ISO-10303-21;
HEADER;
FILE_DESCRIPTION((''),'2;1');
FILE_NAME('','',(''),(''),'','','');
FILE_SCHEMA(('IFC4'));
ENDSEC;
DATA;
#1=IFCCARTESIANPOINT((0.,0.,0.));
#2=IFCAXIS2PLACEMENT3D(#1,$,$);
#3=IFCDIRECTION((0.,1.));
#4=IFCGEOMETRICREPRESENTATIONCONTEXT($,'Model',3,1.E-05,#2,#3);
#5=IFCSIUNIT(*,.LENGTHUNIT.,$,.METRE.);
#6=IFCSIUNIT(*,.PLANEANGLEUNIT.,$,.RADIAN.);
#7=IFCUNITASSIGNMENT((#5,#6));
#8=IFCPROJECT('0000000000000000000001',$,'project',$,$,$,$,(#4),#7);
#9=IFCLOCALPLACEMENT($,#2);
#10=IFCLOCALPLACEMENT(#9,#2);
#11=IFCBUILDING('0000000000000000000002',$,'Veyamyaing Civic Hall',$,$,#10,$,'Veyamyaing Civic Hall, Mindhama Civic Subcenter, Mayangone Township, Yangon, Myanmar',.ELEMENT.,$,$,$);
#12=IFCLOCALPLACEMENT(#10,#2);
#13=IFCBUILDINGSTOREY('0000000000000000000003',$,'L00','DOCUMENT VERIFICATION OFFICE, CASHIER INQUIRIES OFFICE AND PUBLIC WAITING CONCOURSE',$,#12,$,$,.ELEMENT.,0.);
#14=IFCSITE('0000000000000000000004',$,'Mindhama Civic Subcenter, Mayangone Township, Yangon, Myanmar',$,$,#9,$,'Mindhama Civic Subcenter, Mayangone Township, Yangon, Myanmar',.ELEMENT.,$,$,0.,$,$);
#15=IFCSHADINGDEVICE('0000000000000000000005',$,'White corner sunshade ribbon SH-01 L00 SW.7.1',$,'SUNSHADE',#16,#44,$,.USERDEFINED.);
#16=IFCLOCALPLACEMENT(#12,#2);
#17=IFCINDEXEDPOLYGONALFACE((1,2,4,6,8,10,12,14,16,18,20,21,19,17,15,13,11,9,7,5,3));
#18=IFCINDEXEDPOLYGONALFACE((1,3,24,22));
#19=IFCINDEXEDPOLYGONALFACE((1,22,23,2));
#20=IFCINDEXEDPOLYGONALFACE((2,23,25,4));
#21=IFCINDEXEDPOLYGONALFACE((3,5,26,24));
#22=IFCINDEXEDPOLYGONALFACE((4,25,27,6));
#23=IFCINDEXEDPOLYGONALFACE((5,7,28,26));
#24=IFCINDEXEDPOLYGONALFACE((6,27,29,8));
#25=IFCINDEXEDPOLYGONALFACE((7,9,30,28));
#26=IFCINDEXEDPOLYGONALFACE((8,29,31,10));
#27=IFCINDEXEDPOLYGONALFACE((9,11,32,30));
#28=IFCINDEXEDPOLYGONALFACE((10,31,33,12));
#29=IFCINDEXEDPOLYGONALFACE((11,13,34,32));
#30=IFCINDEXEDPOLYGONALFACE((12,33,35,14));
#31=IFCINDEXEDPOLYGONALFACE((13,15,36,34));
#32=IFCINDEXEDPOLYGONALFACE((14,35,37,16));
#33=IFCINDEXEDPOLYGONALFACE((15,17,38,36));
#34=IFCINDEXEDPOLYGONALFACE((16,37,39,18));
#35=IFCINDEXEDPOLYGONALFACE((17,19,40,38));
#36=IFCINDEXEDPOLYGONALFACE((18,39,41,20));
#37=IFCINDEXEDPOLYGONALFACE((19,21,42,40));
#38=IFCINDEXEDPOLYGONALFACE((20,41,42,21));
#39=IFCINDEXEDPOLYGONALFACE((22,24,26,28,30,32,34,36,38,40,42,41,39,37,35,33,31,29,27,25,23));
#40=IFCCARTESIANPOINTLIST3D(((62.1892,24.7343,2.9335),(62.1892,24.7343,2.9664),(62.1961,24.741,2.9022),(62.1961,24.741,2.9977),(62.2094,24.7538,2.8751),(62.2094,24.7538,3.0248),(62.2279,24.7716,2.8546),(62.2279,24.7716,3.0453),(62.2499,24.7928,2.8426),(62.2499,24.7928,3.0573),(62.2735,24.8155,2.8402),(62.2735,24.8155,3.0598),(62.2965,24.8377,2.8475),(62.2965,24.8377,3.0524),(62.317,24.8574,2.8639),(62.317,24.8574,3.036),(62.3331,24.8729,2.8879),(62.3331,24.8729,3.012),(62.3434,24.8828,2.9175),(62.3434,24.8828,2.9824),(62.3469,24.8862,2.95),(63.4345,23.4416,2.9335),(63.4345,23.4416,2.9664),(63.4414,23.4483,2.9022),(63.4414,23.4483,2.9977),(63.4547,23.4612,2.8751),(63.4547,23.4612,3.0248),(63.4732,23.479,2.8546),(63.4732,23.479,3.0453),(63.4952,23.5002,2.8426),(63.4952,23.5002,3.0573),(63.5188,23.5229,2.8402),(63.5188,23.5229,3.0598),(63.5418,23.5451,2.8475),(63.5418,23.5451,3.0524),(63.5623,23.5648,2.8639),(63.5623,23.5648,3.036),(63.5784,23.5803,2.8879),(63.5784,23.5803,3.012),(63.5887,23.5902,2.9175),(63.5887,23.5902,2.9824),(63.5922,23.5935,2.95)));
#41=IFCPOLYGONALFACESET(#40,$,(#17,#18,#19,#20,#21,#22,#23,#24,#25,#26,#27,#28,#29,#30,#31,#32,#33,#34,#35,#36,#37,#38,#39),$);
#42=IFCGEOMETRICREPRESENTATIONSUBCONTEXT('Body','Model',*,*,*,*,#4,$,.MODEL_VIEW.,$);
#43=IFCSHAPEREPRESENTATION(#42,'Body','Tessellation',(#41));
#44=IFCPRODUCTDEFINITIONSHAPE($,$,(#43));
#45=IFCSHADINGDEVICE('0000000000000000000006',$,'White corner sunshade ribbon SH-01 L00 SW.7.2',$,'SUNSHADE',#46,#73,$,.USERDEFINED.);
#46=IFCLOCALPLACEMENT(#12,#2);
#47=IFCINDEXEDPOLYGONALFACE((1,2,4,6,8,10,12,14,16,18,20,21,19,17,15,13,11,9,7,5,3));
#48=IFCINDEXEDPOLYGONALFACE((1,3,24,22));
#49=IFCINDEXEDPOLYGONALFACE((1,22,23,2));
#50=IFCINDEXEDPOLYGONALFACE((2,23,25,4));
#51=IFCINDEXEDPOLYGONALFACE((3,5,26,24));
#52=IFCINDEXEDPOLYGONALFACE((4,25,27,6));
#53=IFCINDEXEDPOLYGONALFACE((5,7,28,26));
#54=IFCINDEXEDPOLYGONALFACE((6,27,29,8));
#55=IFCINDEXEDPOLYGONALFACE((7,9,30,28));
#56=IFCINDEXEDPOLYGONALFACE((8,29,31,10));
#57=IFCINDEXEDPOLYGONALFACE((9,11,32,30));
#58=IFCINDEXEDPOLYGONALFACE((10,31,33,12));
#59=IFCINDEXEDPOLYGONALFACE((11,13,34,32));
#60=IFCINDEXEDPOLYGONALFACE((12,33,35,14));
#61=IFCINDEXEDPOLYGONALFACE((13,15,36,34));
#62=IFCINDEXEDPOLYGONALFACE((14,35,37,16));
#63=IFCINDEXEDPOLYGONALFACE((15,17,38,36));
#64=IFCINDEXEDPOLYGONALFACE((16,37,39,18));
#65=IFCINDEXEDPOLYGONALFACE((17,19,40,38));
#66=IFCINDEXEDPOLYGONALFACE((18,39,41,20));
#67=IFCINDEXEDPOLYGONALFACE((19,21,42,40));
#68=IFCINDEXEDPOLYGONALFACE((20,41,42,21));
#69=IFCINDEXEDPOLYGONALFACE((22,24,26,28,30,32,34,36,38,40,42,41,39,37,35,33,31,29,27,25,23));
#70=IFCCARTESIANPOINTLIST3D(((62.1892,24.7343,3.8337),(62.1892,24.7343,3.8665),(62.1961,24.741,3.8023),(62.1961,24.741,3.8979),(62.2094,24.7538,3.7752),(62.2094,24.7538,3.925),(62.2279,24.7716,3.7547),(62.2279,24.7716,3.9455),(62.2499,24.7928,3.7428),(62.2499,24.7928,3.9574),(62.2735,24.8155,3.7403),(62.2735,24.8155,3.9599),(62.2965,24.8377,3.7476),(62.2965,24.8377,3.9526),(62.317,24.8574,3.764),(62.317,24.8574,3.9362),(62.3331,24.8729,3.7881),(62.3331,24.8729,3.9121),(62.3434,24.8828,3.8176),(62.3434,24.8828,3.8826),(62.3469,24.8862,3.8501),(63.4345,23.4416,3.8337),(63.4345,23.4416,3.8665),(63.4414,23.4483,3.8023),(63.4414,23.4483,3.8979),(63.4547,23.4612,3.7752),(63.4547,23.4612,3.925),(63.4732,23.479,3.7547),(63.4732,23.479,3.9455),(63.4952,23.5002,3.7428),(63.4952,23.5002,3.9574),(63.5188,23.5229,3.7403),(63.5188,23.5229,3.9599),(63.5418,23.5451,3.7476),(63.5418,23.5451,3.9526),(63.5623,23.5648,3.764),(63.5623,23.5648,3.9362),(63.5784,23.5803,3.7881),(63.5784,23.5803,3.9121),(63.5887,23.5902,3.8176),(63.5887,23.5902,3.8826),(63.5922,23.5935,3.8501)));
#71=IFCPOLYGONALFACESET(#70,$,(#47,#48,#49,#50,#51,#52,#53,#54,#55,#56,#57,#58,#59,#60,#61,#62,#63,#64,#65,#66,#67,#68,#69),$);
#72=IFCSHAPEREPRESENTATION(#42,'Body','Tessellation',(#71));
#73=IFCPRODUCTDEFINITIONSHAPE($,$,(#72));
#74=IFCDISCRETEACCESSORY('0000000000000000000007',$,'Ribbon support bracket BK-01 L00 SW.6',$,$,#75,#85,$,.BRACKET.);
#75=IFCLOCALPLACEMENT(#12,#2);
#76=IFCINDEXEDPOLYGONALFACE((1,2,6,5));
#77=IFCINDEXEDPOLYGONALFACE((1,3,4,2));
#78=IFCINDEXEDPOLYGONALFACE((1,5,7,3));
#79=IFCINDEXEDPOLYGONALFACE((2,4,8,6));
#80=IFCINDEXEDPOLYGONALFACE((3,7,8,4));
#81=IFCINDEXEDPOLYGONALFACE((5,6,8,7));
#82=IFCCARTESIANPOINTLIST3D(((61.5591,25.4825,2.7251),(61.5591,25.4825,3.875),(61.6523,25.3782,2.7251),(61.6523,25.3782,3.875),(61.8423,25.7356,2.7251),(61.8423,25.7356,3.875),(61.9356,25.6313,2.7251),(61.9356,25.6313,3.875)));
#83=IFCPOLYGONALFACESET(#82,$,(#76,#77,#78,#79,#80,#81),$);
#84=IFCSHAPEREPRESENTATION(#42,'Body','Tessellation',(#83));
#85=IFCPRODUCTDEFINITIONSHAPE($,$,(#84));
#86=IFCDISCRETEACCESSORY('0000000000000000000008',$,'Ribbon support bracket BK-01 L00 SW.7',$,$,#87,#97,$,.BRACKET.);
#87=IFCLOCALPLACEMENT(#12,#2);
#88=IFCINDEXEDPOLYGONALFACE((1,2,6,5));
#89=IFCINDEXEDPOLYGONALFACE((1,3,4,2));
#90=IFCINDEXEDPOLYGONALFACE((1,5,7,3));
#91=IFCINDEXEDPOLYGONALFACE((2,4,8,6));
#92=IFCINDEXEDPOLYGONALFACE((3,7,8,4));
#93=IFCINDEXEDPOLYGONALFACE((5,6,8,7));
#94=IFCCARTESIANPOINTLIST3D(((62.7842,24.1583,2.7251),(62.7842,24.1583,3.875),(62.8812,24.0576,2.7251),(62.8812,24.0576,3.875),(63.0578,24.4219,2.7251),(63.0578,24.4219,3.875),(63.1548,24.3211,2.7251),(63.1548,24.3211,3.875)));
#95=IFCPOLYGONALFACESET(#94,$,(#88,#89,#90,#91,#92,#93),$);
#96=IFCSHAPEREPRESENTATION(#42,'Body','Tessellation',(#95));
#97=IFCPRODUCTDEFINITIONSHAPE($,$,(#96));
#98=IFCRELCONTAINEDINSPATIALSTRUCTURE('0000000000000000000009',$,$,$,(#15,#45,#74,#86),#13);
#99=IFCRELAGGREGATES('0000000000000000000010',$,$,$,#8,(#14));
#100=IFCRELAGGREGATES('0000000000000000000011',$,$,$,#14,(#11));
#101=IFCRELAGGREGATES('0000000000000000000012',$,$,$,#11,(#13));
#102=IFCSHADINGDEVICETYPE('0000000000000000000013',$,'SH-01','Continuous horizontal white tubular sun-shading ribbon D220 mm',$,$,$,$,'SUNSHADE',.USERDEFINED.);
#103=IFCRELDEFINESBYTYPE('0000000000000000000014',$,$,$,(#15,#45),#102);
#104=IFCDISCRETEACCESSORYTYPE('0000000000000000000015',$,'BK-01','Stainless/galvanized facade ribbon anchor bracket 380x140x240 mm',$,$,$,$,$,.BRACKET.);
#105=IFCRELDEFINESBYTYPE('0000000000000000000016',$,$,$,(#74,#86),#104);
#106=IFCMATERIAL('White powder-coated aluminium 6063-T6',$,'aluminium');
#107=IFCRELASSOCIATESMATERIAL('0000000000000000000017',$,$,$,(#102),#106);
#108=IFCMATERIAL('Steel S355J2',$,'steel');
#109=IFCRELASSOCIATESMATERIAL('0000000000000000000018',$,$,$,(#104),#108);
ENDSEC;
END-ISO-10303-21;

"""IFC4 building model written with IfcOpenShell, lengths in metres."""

from ifc_helpers import new_model, si_unit, direction, frame, origin, origin_2d, place, context, subcontext, project, spatial, rectangle, circle, extrude, material, material_profile, profile_set, type_object, element, save


model = new_model("IFC4")

# Units and contexts
model_context = context("Model", 3, precision=1e-05, world=origin(), true_north=direction((0.0, 1.0)))
body_context = subcontext(model_context, "Body", "Model", "MODEL_VIEW")
ifc_project = project(units=[si_unit("LENGTHUNIT", "METRE"), si_unit("PLANEANGLEUNIT", "RADIAN")], contexts=[model_context])

# Site, building, storey
site_placement = place(None, origin())
site = spatial("IfcSite", under=ifc_project, at=site_placement, Name="Mindhama Civic Subcenter, Mayangone Township, Yangon, Myanmar", LongName="Mindhama Civic Subcenter, Mayangone Township, Yangon, Myanmar", CompositionType="ELEMENT", RefElevation=0.0)
building_placement = place(site_placement, origin())
building = spatial("IfcBuilding", under=site, at=building_placement, Name="Veyamyaing Civic Hall", LongName="Veyamyaing Civic Hall, Mindhama Civic Subcenter, Mayangone Township, Yangon, Myanmar", CompositionType="ELEMENT")
storey_placement = place(building_placement, origin())
storey = spatial("IfcBuildingStorey", under=building, at=storey_placement, Name="L00", Description="DOCUMENT VERIFICATION OFFICE, CASHIER INQUIRIES OFFICE AND PUBLIC WAITING CONCOURSE", CompositionType="ELEMENT", Elevation=0.0)

# Shared definitions
ifc_material_1 = material(Name="White powder-coated aluminium 6063-T6", Category="aluminium")

# Shading devices
ifc_material_profile_1 = material_profile(ifc_material_1, circle(Radius=0.1101, at=origin_2d()), Name="SHADE-TUBE-220")
ifc_profile_set_1 = profile_set([ifc_material_profile_1], Name="White powder-coated aluminium 6063-T6")
shading_device_type = type_object("IfcShadingDeviceType", Name="SH-01", Description="Continuous horizontal white tubular sun-shading ribbon D220 mm", ElementType="SUNSHADE", PredefinedType="USERDEFINED", material=ifc_profile_set_1)
for number, where, z_axis, x_axis, name in (
    (1, (62.2676, 24.8098, 2.95), (0.693791, -0.720177, 0.0), (0.720177, 0.693791, 0.0), "White corner sunshade ribbon SH-01 L00 SW.7.1"),
    (2, (62.2676, 24.8098, 3.8501), (0.693791, -0.720177, 0.0), (0.720177, 0.693791, 0.0), "White corner sunshade ribbon SH-01 L00 SW.7.2"),
):
    element("IfcShadingDevice", number, at=place(storey_placement, frame(where, z_axis=z_axis, x_axis=x_axis)), inside=storey, type_object=shading_device_type, Name=name, ObjectType="SUNSHADE", PredefinedType="USERDEFINED", context=body_context, shape_type="SweptSolid", body=[
        extrude(circle(Radius=0.1101, at=origin_2d()), origin(), (0.0, 0.0, 1.0), 1.7949),
    ])

# Discrete accessories
ifc_material_2 = material(Name="Steel S355J2", Category="steel")
discrete_accessory_type = type_object("IfcDiscreteAccessoryType", Name="BK-01", Description="Stainless/galvanized facade ribbon anchor bracket 380x140x240 mm", PredefinedType="BRACKET", material=ifc_material_2)
for number, where, z_axis, x_axis, name in (
    (3, (61.7473, 25.5569, 2.7251), (0.0, 0.0, 1.0), (-0.745642, -0.666347, 0.0), "Ribbon support bracket BK-01 L00 SW.6"),
    (4, (62.9695, 24.2397, 2.7251), (0.0, 0.0, 1.0), (-0.720205, -0.693761, 0.0), "Ribbon support bracket BK-01 L00 SW.7"),
):
    element("IfcDiscreteAccessory", number, at=place(storey_placement, frame(where, z_axis=z_axis, x_axis=x_axis)), inside=storey, type_object=discrete_accessory_type, Name=name, PredefinedType="BRACKET", context=body_context, shape_type="SweptSolid", body=[
        extrude(rectangle(XDim=0.3799, YDim=0.1399, at=origin_2d()), origin(), (0.0, 0.0, 1.0), 1.1499),
    ])

save(model, "model.ifc")
